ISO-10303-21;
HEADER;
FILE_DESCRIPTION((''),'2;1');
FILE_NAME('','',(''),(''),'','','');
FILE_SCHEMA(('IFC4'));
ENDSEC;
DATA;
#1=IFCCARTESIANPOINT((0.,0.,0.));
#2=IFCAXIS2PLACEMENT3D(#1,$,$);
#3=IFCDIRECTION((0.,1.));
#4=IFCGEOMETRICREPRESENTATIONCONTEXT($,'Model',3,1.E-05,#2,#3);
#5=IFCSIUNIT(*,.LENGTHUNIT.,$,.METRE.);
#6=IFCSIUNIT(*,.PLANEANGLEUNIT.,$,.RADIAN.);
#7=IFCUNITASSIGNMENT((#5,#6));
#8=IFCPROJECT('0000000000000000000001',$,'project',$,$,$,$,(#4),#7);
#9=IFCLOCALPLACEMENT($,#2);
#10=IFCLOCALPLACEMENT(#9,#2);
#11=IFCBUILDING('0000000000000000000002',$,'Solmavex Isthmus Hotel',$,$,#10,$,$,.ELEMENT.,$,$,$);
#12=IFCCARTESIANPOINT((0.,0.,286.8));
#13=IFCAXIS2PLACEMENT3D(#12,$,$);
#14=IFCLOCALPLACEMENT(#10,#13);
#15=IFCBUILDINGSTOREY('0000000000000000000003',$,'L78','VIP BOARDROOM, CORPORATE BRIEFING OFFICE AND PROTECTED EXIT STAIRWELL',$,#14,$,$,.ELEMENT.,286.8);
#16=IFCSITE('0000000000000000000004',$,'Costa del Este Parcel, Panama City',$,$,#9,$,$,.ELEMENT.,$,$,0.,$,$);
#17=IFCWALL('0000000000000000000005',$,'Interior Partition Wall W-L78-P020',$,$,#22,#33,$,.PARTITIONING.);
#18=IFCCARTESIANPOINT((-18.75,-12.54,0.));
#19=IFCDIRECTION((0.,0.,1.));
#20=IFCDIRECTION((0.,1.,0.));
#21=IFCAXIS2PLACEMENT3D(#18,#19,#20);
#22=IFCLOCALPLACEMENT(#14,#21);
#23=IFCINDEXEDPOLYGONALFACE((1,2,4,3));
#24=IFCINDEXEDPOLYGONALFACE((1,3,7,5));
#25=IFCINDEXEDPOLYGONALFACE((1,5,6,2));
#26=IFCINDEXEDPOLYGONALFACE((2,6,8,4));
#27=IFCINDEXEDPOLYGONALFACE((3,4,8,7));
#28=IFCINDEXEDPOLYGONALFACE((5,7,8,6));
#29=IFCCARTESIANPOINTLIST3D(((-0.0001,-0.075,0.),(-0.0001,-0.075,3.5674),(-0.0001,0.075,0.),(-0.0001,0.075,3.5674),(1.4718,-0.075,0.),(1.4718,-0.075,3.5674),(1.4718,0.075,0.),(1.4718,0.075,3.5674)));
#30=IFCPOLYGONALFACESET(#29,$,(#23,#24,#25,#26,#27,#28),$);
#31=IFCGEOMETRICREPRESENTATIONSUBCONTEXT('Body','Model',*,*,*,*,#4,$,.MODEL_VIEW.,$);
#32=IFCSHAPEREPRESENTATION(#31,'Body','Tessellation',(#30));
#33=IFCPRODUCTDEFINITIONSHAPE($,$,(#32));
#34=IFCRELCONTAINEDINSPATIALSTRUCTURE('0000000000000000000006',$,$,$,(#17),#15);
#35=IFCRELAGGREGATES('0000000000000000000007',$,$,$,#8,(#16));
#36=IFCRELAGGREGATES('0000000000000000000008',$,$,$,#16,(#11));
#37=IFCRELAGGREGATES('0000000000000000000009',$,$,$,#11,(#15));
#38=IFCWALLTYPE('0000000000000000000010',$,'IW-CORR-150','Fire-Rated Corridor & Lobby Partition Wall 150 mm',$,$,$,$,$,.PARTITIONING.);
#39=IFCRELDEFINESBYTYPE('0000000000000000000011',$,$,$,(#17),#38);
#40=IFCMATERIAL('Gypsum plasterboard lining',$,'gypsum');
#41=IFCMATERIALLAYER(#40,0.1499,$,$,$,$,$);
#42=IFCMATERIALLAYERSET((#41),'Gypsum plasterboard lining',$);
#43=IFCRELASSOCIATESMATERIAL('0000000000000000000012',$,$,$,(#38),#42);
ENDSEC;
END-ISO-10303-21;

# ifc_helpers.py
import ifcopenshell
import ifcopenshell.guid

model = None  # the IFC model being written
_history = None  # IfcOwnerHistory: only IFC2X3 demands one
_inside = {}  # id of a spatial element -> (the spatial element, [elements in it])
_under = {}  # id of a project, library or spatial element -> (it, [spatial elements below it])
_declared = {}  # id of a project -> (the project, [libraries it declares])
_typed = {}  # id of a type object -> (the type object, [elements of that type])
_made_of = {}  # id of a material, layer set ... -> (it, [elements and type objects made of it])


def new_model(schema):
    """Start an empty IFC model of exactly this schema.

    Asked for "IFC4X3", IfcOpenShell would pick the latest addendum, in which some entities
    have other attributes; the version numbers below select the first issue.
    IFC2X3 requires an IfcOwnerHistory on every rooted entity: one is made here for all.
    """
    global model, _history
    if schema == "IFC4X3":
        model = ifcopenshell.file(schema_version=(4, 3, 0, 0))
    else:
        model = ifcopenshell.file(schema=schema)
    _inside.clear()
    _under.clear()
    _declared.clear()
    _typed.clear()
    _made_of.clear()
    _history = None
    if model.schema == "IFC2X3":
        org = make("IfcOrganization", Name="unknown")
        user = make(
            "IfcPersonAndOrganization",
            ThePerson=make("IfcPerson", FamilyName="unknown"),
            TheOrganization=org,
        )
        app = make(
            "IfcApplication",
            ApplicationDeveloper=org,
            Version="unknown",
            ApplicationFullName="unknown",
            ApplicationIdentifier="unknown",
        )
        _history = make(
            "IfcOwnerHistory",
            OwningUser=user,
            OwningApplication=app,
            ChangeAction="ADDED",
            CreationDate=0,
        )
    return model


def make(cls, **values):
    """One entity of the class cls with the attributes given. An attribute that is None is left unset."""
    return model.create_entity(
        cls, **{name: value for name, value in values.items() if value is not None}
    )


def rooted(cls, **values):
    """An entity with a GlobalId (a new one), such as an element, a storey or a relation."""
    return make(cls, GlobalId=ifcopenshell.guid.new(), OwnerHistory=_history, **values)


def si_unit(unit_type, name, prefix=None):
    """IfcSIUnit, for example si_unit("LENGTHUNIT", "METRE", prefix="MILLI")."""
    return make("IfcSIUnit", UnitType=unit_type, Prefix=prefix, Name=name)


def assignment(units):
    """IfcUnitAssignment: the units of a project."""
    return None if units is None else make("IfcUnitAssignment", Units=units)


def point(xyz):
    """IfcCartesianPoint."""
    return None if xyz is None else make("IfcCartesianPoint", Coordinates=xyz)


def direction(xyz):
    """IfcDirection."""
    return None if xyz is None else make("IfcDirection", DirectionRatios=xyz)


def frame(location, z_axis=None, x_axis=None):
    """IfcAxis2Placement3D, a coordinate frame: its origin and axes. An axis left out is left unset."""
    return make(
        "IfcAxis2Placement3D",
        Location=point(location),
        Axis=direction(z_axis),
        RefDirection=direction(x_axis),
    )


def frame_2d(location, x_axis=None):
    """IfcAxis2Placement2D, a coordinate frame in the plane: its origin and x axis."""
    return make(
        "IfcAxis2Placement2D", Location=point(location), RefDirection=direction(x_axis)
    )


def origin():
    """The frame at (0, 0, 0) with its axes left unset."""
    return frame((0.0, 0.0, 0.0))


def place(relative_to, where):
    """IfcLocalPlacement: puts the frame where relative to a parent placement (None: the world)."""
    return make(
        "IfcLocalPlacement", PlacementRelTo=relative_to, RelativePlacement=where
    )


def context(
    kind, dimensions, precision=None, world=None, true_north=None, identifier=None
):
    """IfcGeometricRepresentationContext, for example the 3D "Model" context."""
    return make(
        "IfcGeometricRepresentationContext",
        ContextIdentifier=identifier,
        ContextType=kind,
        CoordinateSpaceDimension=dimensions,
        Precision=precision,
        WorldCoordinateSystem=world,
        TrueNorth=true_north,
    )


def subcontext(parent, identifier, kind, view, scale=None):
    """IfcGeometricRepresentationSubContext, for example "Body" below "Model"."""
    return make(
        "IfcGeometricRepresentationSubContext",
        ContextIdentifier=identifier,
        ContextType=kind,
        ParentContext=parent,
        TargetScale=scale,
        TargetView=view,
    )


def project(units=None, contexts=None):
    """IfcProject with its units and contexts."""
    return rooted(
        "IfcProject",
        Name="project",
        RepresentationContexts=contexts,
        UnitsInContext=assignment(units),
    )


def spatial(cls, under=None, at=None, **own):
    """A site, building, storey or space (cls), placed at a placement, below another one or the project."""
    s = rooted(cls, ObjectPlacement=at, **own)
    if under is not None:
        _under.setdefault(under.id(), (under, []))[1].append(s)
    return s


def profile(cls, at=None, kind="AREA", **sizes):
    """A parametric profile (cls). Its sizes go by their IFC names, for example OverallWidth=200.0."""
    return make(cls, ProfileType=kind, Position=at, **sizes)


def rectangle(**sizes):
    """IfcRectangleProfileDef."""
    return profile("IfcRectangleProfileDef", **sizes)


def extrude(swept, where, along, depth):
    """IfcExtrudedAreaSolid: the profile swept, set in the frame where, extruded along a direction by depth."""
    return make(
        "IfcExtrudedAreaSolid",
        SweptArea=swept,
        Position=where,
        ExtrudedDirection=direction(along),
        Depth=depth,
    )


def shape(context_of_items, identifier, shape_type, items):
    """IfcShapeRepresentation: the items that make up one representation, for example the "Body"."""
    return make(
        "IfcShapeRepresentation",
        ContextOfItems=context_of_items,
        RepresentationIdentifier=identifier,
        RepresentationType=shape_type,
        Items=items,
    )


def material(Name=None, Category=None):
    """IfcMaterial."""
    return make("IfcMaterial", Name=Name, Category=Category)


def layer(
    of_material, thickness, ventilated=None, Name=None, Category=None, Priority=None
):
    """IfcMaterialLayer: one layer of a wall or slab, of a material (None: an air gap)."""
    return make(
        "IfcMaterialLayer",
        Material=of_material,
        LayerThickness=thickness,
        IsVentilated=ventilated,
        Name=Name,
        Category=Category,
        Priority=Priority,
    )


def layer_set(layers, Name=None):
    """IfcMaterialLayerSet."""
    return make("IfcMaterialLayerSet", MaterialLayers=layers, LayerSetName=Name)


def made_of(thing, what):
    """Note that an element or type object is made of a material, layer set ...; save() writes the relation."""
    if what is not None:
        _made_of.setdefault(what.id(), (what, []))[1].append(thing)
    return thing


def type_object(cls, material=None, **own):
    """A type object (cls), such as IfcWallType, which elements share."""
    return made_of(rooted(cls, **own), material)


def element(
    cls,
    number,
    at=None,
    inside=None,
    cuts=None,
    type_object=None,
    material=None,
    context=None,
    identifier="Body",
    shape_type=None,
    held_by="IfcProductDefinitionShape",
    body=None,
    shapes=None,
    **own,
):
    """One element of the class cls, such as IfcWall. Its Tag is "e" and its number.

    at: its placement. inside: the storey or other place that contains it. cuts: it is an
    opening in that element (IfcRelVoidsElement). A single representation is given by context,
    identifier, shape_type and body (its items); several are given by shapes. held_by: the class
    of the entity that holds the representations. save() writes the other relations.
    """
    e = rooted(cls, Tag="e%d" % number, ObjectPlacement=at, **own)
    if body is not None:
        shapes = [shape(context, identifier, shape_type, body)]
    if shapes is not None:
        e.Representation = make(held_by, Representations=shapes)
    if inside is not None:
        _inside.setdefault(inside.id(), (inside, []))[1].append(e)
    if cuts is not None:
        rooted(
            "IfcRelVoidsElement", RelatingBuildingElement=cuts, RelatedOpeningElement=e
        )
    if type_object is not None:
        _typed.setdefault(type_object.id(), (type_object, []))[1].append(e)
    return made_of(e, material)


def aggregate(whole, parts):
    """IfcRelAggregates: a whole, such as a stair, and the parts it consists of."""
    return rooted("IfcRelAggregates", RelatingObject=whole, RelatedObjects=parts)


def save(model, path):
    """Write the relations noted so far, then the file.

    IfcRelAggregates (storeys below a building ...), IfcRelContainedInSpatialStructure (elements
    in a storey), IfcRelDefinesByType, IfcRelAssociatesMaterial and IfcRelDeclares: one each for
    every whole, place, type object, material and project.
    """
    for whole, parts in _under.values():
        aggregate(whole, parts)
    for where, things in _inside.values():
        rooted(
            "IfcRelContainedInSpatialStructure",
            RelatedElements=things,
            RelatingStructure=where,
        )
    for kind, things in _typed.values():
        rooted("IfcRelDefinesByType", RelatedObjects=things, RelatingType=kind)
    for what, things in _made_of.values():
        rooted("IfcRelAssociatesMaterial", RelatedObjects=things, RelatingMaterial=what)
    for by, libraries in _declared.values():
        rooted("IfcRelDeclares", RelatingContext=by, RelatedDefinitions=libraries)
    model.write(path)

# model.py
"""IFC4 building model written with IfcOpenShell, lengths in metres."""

from ifc_helpers import new_model, si_unit, direction, frame, frame_2d, origin, place, context, subcontext, project, spatial, rectangle, extrude, material, layer, layer_set, type_object, element, save


model = new_model("IFC4")

# Units and contexts
model_context = context("Model", 3, precision=1e-05, world=origin(), true_north=direction((0.0, 1.0)))
body_context = subcontext(model_context, "Body", "Model", "MODEL_VIEW")
ifc_project = project(units=[si_unit("LENGTHUNIT", "METRE"), si_unit("PLANEANGLEUNIT", "RADIAN")], contexts=[model_context])

# Site, building, storey
site_placement = place(None, origin())
site = spatial("IfcSite", under=ifc_project, at=site_placement, Name="Costa del Este Parcel, Panama City", CompositionType="ELEMENT", RefElevation=0.0)
building_placement = place(site_placement, origin())
building = spatial("IfcBuilding", under=site, at=building_placement, Name="Solmavex Isthmus Hotel", CompositionType="ELEMENT")
storey_placement = place(building_placement, frame((0.0, 0.0, 286.8)))
storey = spatial("IfcBuildingStorey", under=building, at=storey_placement, Name="L78", Description="VIP BOARDROOM, CORPORATE BRIEFING OFFICE AND PROTECTED EXIT STAIRWELL", CompositionType="ELEMENT", Elevation=286.8)

# Shared definitions
ifc_material_1 = material(Name="Gypsum plasterboard lining", Category="gypsum")

# Shared definitions
ifc_layer_1 = layer(ifc_material_1, 0.1499)
ifc_layer_set_1 = layer_set([ifc_layer_1], Name="Gypsum plasterboard lining")
wall_type_1 = type_object("IfcWallType", Name="IW-CORR-150", Description="Fire-Rated Corridor & Lobby Partition Wall 150 mm", PredefinedType="PARTITIONING", material=ifc_layer_set_1)

# Wall
wall_1_placement = place(storey_placement, frame((-18.75, -12.54, 0.0), z_axis=(0.0, 0.0, 1.0), x_axis=(0.0, 1.0, 0.0)))
element("IfcWall", 1, at=wall_1_placement, inside=storey, type_object=wall_type_1, Name="Interior Partition Wall W-L78-P020", PredefinedType="PARTITIONING", context=body_context, shape_type="SweptSolid", body=[
    extrude(rectangle(XDim=1.4719, YDim=0.1499, at=frame_2d((0.7358, 0.0))), origin(), (0.0, 0.0, 1.0), 3.5674),
])

save(model, "model.ifc")
